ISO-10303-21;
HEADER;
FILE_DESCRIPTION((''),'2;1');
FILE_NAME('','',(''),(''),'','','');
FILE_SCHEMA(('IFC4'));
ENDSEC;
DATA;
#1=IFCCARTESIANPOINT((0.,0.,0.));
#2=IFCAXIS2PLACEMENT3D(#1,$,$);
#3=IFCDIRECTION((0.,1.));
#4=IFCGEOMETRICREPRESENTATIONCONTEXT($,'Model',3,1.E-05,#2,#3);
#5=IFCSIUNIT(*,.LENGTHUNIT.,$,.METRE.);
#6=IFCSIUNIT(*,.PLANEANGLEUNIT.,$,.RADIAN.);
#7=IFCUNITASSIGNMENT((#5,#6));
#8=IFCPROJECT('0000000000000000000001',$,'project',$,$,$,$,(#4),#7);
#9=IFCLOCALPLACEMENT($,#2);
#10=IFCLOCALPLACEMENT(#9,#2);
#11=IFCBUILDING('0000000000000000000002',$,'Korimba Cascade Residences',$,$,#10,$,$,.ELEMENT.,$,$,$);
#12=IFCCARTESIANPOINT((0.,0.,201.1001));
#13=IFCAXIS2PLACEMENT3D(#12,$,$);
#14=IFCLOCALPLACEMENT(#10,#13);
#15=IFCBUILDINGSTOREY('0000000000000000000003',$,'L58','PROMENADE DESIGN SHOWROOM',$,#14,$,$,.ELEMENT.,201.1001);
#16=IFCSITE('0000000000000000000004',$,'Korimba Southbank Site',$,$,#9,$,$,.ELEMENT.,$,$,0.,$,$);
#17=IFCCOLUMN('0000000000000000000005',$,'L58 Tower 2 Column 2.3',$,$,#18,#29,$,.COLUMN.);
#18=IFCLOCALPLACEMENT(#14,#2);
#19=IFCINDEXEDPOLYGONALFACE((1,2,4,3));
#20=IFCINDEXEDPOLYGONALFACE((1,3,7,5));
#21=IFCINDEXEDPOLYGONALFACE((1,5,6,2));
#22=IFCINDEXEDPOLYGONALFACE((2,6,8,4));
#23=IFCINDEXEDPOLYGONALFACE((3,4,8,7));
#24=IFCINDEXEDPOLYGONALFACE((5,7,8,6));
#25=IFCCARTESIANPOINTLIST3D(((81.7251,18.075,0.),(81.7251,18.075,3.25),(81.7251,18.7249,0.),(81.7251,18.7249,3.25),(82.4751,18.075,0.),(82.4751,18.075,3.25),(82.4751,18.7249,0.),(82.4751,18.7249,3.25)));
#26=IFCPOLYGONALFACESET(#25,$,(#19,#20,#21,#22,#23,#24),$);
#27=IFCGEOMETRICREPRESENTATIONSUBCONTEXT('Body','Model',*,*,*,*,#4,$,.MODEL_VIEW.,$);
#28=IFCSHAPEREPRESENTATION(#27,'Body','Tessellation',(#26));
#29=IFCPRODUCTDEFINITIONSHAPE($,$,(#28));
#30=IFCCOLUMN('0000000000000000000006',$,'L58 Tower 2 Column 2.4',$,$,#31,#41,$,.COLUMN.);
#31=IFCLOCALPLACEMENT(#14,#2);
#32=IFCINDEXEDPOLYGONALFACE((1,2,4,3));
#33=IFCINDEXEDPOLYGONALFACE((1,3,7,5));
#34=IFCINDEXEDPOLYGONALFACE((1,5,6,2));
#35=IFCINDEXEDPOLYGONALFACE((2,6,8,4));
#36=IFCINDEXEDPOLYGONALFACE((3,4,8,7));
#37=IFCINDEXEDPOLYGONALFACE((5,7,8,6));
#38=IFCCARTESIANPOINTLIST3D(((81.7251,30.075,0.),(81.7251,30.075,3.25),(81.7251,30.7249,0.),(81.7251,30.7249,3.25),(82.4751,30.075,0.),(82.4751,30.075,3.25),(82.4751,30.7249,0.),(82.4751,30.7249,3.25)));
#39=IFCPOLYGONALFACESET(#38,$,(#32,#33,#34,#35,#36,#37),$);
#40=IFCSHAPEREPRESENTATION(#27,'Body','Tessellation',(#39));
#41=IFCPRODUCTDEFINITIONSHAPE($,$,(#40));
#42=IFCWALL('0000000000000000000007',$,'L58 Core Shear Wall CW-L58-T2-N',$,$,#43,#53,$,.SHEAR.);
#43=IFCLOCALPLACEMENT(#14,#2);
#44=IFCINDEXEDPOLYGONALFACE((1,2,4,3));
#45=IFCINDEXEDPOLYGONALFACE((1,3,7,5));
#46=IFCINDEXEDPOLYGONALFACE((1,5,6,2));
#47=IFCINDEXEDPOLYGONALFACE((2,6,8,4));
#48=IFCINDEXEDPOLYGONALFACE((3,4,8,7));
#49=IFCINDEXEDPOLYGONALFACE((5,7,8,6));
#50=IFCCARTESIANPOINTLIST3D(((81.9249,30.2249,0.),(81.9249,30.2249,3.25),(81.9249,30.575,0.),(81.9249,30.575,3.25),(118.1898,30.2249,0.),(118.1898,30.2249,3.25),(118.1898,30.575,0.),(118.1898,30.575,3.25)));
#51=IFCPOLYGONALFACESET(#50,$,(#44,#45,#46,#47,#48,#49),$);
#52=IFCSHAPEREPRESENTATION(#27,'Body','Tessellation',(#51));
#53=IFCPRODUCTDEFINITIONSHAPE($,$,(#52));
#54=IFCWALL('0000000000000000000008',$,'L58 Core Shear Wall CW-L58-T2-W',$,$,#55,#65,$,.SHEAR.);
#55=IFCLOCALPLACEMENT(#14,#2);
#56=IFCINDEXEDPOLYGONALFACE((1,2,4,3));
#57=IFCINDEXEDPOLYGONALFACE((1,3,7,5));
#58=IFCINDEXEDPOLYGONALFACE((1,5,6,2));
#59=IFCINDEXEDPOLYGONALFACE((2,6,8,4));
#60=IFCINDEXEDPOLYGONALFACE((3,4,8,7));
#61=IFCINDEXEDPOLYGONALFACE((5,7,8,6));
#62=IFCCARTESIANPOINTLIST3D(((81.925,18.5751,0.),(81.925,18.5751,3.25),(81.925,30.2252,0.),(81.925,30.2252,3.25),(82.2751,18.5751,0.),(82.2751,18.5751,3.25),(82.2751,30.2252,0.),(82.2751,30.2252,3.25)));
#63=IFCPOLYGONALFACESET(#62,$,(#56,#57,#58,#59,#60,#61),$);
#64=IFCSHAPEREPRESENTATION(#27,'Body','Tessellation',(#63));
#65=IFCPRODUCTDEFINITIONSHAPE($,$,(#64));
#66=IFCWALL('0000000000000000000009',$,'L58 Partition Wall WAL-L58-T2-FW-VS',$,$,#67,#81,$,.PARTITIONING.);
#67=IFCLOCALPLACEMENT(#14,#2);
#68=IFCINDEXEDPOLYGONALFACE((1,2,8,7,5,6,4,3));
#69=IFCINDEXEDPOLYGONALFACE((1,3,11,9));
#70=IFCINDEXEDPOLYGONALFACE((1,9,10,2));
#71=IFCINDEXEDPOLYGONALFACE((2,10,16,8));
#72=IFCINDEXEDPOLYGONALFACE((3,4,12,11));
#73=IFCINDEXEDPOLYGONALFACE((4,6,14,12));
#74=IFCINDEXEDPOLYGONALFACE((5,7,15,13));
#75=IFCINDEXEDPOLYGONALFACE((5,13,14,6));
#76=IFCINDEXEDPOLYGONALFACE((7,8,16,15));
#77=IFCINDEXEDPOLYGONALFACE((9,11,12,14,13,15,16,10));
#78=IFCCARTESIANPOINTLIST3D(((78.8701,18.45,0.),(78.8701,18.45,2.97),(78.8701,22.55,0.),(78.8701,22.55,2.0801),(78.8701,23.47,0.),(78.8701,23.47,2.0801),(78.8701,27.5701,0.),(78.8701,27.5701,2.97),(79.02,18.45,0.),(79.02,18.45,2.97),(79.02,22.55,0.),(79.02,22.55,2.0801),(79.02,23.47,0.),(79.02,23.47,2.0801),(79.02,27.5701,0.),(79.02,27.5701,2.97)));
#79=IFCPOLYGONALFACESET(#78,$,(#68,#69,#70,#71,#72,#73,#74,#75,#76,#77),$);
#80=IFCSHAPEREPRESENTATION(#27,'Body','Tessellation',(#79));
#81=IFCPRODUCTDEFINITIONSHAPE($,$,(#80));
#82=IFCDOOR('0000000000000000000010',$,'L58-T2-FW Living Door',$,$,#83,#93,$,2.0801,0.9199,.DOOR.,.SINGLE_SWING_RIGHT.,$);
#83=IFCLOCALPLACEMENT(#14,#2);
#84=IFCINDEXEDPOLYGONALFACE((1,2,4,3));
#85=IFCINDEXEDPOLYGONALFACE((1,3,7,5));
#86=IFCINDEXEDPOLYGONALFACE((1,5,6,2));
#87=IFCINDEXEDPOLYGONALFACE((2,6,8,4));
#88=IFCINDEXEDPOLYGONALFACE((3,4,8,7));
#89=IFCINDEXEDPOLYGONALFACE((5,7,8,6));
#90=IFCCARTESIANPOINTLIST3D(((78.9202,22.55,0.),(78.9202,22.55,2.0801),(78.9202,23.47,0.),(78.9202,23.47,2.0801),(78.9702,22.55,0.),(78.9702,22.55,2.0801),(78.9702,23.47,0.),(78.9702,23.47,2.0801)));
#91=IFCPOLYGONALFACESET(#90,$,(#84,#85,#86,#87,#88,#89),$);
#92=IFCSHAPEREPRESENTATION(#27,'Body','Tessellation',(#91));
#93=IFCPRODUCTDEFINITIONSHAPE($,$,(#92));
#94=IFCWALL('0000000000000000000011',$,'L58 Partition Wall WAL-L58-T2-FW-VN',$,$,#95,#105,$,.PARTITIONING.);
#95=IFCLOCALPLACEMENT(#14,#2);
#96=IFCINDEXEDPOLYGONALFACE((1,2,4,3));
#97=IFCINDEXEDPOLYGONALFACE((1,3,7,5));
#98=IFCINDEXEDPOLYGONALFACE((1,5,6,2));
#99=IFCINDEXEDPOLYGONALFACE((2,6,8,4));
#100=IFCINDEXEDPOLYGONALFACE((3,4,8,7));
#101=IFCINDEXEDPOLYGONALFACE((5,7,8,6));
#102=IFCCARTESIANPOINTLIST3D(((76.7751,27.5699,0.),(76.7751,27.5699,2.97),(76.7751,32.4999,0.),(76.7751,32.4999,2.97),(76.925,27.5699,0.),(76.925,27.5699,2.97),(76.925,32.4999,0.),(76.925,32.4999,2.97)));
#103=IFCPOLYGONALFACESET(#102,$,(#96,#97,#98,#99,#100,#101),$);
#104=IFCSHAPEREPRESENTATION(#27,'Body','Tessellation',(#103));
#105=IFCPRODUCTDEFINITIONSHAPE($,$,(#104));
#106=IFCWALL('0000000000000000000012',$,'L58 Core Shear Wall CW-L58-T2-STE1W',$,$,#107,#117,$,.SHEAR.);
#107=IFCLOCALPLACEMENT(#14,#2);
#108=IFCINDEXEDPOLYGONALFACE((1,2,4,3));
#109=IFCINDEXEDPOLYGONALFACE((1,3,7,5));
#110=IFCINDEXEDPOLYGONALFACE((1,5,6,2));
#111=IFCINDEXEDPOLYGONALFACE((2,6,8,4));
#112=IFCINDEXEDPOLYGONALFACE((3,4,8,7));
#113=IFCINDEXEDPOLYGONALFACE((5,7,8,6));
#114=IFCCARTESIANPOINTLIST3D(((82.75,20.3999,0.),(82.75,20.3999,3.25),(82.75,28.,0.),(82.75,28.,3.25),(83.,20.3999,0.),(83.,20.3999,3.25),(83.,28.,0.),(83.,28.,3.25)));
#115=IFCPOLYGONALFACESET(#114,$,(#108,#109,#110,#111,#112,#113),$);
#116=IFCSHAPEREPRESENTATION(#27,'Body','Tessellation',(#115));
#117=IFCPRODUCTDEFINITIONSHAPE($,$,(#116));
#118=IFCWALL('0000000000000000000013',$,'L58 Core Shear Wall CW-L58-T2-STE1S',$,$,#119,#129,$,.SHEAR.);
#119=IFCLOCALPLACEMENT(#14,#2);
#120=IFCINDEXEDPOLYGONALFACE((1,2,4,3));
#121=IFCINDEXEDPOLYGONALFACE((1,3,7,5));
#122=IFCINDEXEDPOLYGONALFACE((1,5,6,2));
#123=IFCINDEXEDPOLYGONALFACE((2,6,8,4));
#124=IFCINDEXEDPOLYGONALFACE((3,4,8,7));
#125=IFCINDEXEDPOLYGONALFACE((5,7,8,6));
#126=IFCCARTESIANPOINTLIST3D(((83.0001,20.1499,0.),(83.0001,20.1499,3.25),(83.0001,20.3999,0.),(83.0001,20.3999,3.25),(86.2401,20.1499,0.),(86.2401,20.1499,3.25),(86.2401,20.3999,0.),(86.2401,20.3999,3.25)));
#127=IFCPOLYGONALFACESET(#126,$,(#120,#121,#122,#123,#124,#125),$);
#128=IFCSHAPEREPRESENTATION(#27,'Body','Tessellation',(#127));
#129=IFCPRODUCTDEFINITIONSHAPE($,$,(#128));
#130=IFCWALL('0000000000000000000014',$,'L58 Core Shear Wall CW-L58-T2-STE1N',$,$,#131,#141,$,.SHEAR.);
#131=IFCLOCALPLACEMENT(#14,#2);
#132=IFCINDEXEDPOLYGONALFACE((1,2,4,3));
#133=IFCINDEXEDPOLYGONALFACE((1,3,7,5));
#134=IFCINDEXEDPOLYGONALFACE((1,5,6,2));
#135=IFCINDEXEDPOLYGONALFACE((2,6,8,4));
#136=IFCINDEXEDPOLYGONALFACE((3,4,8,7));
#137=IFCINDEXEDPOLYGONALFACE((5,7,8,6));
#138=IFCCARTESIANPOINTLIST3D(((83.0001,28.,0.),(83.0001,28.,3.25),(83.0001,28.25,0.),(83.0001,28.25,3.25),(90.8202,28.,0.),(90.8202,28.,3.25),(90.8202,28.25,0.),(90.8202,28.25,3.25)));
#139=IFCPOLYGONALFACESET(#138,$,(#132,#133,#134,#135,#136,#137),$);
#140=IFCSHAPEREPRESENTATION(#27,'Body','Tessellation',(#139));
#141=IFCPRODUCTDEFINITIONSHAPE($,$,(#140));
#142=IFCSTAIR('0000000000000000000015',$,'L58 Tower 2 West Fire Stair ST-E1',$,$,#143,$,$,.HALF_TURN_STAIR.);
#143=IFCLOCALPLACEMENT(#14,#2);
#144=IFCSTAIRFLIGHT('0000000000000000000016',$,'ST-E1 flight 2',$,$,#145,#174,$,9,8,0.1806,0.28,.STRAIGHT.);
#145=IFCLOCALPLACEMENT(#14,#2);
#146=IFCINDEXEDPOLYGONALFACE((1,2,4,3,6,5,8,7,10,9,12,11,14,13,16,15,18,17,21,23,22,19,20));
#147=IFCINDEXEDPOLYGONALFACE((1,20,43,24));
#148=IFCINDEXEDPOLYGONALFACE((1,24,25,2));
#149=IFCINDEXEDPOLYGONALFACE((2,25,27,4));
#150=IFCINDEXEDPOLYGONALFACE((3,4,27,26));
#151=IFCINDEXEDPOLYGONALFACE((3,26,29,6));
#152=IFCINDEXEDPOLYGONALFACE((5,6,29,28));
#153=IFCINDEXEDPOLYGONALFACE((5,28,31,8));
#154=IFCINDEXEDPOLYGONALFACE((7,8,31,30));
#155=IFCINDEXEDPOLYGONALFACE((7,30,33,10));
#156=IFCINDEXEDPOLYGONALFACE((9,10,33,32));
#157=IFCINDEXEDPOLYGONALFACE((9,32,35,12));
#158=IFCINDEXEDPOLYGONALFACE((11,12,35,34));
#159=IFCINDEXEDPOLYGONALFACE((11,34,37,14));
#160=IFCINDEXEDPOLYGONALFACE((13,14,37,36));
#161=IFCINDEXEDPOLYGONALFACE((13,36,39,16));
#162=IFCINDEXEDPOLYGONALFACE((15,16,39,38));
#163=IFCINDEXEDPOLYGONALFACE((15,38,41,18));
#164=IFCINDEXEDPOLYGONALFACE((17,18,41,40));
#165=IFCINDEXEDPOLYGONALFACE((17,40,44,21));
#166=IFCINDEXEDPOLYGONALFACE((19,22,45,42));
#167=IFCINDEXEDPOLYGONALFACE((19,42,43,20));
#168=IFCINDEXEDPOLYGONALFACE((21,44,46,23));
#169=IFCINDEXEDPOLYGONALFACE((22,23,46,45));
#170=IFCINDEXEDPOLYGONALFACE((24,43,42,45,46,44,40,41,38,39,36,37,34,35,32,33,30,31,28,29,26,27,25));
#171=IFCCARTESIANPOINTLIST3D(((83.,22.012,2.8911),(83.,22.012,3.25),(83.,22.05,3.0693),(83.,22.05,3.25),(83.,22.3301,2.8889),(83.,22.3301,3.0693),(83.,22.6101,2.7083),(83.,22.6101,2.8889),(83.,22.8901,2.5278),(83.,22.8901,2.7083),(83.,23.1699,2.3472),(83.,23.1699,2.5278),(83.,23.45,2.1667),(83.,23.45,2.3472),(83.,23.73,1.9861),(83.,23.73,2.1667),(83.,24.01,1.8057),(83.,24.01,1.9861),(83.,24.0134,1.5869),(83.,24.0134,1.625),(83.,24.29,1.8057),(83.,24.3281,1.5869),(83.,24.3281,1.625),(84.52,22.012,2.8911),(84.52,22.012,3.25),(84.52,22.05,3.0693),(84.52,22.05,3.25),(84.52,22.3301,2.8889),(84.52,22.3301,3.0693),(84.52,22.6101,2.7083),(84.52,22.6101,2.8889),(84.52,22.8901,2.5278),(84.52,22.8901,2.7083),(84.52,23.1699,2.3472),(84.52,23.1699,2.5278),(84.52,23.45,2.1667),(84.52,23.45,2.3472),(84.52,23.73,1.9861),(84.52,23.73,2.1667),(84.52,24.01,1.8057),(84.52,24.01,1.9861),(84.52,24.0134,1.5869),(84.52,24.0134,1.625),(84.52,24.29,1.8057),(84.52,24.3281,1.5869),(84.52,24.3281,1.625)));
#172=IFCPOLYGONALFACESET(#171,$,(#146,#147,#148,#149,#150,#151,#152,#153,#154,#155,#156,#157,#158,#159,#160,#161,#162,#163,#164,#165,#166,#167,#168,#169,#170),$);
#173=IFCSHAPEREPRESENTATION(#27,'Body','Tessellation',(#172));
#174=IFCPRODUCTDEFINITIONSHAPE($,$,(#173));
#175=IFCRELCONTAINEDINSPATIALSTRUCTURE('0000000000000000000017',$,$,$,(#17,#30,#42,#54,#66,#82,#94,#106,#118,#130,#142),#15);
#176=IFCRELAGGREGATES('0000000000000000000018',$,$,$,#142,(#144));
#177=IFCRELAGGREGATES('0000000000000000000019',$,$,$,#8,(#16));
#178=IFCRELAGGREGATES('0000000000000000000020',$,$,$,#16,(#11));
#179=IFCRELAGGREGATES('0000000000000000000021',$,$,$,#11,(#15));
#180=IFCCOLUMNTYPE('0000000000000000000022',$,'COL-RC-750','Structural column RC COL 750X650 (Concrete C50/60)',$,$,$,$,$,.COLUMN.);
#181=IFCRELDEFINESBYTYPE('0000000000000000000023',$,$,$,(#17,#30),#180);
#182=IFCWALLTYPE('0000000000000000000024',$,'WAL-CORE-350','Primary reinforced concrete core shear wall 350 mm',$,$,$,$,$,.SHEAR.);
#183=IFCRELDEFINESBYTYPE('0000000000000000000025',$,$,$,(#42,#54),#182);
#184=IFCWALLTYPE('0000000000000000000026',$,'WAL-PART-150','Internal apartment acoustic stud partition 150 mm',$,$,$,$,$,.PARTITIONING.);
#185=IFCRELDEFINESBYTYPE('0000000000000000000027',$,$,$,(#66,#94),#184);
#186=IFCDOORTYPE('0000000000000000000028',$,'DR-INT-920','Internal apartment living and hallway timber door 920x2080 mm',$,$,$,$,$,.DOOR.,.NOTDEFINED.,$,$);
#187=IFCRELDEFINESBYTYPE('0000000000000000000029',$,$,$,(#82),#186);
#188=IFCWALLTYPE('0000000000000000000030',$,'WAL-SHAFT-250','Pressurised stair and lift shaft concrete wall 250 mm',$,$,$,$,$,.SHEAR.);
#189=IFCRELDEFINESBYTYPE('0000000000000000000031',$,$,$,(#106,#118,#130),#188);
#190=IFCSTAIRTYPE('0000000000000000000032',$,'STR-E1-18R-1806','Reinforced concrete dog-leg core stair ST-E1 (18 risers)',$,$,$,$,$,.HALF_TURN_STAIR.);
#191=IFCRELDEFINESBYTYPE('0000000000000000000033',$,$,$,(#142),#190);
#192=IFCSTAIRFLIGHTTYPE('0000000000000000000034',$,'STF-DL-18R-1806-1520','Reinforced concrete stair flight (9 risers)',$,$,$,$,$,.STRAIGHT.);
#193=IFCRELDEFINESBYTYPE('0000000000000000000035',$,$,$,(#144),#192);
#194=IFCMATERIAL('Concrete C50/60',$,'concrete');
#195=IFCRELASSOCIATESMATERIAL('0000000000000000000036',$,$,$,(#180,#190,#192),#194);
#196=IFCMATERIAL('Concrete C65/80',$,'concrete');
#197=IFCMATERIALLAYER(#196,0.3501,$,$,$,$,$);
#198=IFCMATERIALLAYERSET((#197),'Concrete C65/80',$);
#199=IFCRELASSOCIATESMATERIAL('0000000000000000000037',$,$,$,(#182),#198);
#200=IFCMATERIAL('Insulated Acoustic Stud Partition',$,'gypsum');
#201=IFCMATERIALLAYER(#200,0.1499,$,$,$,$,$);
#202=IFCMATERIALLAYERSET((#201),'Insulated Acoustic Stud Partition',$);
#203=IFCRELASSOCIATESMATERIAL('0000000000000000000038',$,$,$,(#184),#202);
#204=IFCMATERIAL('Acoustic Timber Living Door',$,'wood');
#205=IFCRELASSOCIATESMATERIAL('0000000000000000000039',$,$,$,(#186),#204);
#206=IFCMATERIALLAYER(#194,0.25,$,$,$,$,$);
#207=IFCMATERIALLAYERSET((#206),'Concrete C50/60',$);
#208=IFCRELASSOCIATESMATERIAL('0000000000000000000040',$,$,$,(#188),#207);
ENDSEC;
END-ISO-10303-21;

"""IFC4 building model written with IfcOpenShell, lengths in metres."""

from ifc_helpers import new_model, si_unit, direction, frame, frame_2d, origin, origin_2d, place, context, subcontext, project, spatial, polyline, rectangle, outline, extrude, material, layer, layer_set, material_profile, profile_set, type_object, element, fill, aggregate, save


model = new_model("IFC4")

# Units and contexts
model_context = context("Model", 3, precision=1e-05, world=origin(), true_north=direction((0.0, 1.0)))
body_context = subcontext(model_context, "Body", "Model", "MODEL_VIEW")
ifc_project = project(units=[si_unit("LENGTHUNIT", "METRE"), si_unit("PLANEANGLEUNIT", "RADIAN")], contexts=[model_context])

# Site, building, storey
site_placement = place(None, origin())
site = spatial("IfcSite", under=ifc_project, at=site_placement, Name="Korimba Southbank Site", CompositionType="ELEMENT", RefElevation=0.0)
building_placement = place(site_placement, origin())
building = spatial("IfcBuilding", under=site, at=building_placement, Name="Korimba Cascade Residences", CompositionType="ELEMENT")
storey_placement = place(building_placement, frame((0.0, 0.0, 201.1001)))
storey = spatial("IfcBuildingStorey", under=building, at=storey_placement, Name="L58", Description="PROMENADE DESIGN SHOWROOM", CompositionType="ELEMENT", Elevation=201.1001)

# Columns
ifc_material_1 = material(Name="Concrete C50/60", Category="concrete")
ifc_material_profile = material_profile(ifc_material_1, rectangle(XDim=0.75, YDim=0.6499, at=origin_2d()), Name="Concrete C50/60")
ifc_profile_set = profile_set([ifc_material_profile], Name="Concrete C50/60")
column_type = type_object("IfcColumnType", Name="COL-RC-750", Description="Structural column RC COL 750X650 (Concrete C50/60)", PredefinedType="COLUMN", material=ifc_profile_set)
for number, where, z_axis, x_axis, name in (
    (1, (82.1001, 18.3999, 0.0), (0.0, 0.0, 1.0), (1.0, 0.0, 0.0), "L58 Tower 2 Column 2.3"),
    (2, (82.1001, 30.3999, 0.0), (0.0, 0.0, 1.0), (1.0, 0.0, 0.0), "L58 Tower 2 Column 2.4"),
):
    element("IfcColumn", number, at=place(storey_placement, frame(where, z_axis=z_axis, x_axis=x_axis)), inside=storey, type_object=column_type, Name=name, PredefinedType="COLUMN", context=body_context, shape_type="SweptSolid", body=[
        extrude(rectangle(XDim=0.75, YDim=0.6499, at=origin_2d()), origin(), (0.0, 0.0, 1.0), 3.25),
    ])

# Walls
ifc_material_2 = material(Name="Concrete C65/80", Category="concrete")
ifc_layer_1 = layer(ifc_material_2, 0.3501)
ifc_layer_set_1 = layer_set([ifc_layer_1], Name="Concrete C65/80")
wall_type_1 = type_object("IfcWallType", Name="WAL-CORE-350", Description="Primary reinforced concrete core shear wall 350 mm", PredefinedType="SHEAR", material=ifc_layer_set_1)
wall_1_placement = place(storey_placement, frame((81.925, 30.3999, 0.0), z_axis=(0.0, 0.0, 1.0), x_axis=(1.0, 0.0, 0.0)))
element("IfcWall", 3, at=wall_1_placement, inside=storey, type_object=wall_type_1, Name="L58 Core Shear Wall CW-L58-T2-N", PredefinedType="SHEAR", context=body_context, shape_type="SweptSolid", body=[
    extrude(rectangle(XDim=36.2649, YDim=0.3501, at=frame_2d((18.1323, 0.0))), origin(), (0.0, 0.0, 1.0), 3.25),
])
wall_2_placement = place(storey_placement, frame((82.1001, 18.575, 0.0), z_axis=(0.0, 0.0, 1.0), x_axis=(0.0, 1.0, 0.0)))
element("IfcWall", 4, at=wall_2_placement, inside=storey, type_object=wall_type_1, Name="L58 Core Shear Wall CW-L58-T2-W", PredefinedType="SHEAR", context=body_context, shape_type="SweptSolid", body=[
    extrude(rectangle(XDim=11.6501, YDim=0.3501, at=frame_2d((5.8252, 0.0))), origin(), (0.0, 0.0, 1.0), 3.25),
])

# Wall, opening, door
ifc_material_3 = material(Name="Insulated Acoustic Stud Partition", Category="gypsum")
ifc_layer_2 = layer(ifc_material_3, 0.1499)
ifc_layer_set_2 = layer_set([ifc_layer_2], Name="Insulated Acoustic Stud Partition")
wall_type_2 = type_object("IfcWallType", Name="WAL-PART-150", Description="Internal apartment acoustic stud partition 150 mm", PredefinedType="PARTITIONING", material=ifc_layer_set_2)
wall_3_placement = place(storey_placement, frame((78.9451, 18.45, 0.0), z_axis=(0.0, 0.0, 1.0), x_axis=(0.0, 1.0, 0.0)))
wall_3 = element("IfcWall", 5, at=wall_3_placement, inside=storey, type_object=wall_type_2, Name="L58 Partition Wall WAL-L58-T2-FW-VS", PredefinedType="PARTITIONING", context=body_context, shape_type="SweptSolid", body=[
    extrude(rectangle(XDim=9.1201, YDim=0.1499, at=frame_2d((4.5601, 0.0))), origin(), (0.0, 0.0, 1.0), 2.97),
])
opening_placement = place(wall_3_placement, frame((4.1001, 0.0, 0.0)))
opening = element("IfcOpeningElement", 6, at=opening_placement, cuts=wall_3, PredefinedType="OPENING", context=body_context, shape_type="SweptSolid", body=[
    extrude(rectangle(XDim=0.9199, YDim=2.0801, at=frame_2d((0.46, 1.04))), frame((0.0, 0.085, 0.0), z_axis=(0.0, -1.0, 0.0), x_axis=(1.0, 0.0, 0.0)), (0.0, 0.0, 1.0), 0.1699),
])
ifc_material_4 = material(Name="Acoustic Timber Living Door", Category="wood")
door_type = type_object("IfcDoorType", Name="DR-INT-920", Description="Internal apartment living and hallway timber door 920x2080 mm", OperationType="NOTDEFINED", PredefinedType="DOOR", material=ifc_material_4)
door_placement = place(opening_placement, origin())
door = element("IfcDoor", 7, at=door_placement, inside=storey, type_object=door_type, Name="L58-T2-FW Living Door", OperationType="SINGLE_SWING_RIGHT", OverallHeight=2.0801, OverallWidth=0.9199, PredefinedType="DOOR", context=body_context, shape_type="SweptSolid", body=[
    extrude(rectangle(XDim=0.9199, YDim=2.0801, at=frame_2d((0.46, 1.04))), frame((0.0, 0.0249, 0.0), z_axis=(0.0, -1.0, 0.0), x_axis=(1.0, 0.0, 0.0)), (0.0, 0.0, 1.0), 0.05),
])
fill(opening, door)

# Walls
wall_4_placement = place(storey_placement, frame((76.8501, 27.5701, 0.0), z_axis=(0.0, 0.0, 1.0), x_axis=(0.0, 1.0, 0.0)))
element("IfcWall", 8, at=wall_4_placement, inside=storey, type_object=wall_type_2, Name="L58 Partition Wall WAL-L58-T2-FW-VN", PredefinedType="PARTITIONING", context=body_context, shape_type="SweptSolid", body=[
    extrude(rectangle(XDim=4.9299, YDim=0.1499, at=frame_2d((2.4648, 0.0))), origin(), (0.0, 0.0, 1.0), 2.97),
])
ifc_layer_3 = layer(ifc_material_1, 0.25)
ifc_layer_set_3 = layer_set([ifc_layer_3], Name="Concrete C50/60")
wall_type_3 = type_object("IfcWallType", Name="WAL-SHAFT-250", Description="Pressurised stair and lift shaft concrete wall 250 mm", PredefinedType="SHEAR", material=ifc_layer_set_3)
wall_5_placement = place(storey_placement, frame((82.875, 20.3999, 0.0), z_axis=(0.0, 0.0, 1.0), x_axis=(0.0, 1.0, 0.0)))
element("IfcWall", 9, at=wall_5_placement, inside=storey, type_object=wall_type_3, Name="L58 Core Shear Wall CW-L58-T2-STE1W", PredefinedType="SHEAR", context=body_context, shape_type="SweptSolid", body=[
    extrude(rectangle(XDim=7.6001, YDim=0.25, at=frame_2d((3.8, 0.0))), origin(), (0.0, 0.0, 1.0), 3.25),
])
wall_6_placement = place(storey_placement, frame((83.0, 20.2749, 0.0), z_axis=(0.0, 0.0, 1.0), x_axis=(1.0, 0.0, 0.0)))
element("IfcWall", 10, at=wall_6_placement, inside=storey, type_object=wall_type_3, Name="L58 Core Shear Wall CW-L58-T2-STE1S", PredefinedType="SHEAR", context=body_context, shape_type="SweptSolid", body=[
    extrude(rectangle(XDim=3.24, YDim=0.25, at=frame_2d((1.6201, 0.0))), origin(), (0.0, 0.0, 1.0), 3.25),
])
wall_7_placement = place(storey_placement, frame((83.0, 28.125, 0.0), z_axis=(0.0, 0.0, 1.0), x_axis=(1.0, 0.0, 0.0)))
element("IfcWall", 11, at=wall_7_placement, inside=storey, type_object=wall_type_3, Name="L58 Core Shear Wall CW-L58-T2-STE1N", PredefinedType="SHEAR", context=body_context, shape_type="SweptSolid", body=[
    extrude(rectangle(XDim=7.8201, YDim=0.25, at=frame_2d((3.9102, 0.0))), origin(), (0.0, 0.0, 1.0), 3.25),
])

# Stair, stair flight
stair_type = type_object("IfcStairType", Name="STR-E1-18R-1806", Description="Reinforced concrete dog-leg core stair ST-E1 (18 risers)", PredefinedType="HALF_TURN_STAIR", material=ifc_material_1)
stair_placement = place(storey_placement, origin())
stair = element("IfcStair", 12, at=stair_placement, inside=storey, type_object=stair_type, Name="L58 Tower 2 West Fire Stair ST-E1", PredefinedType="HALF_TURN_STAIR")
stair_flight_type = type_object("IfcStairFlightType", Name="STF-DL-18R-1806-1520", Description="Reinforced concrete stair flight (9 risers)", PredefinedType="STRAIGHT", material=ifc_material_1)
stair_flight_placement = place(storey_placement, frame((83.76, 24.29, 1.625), z_axis=(0.0, 0.0, 1.0), x_axis=(0.0, -1.0, 0.0)))
stair_flight = element("IfcStairFlight", 13, at=stair_flight_placement, type_object=stair_flight_type, Name="ST-E1 flight 2", NumberOfRisers=9, NumberOfTreads=8, PredefinedType="STRAIGHT", RiserHeight=0.1806, TreadLength=0.28, context=body_context, shape_type="SweptSolid", body=[
    extrude(outline(polyline([(-0.0381, 0.0), (0.0, 0.1807), (0.28, 0.1807), (0.28, 0.3611), (0.5601, 0.3611), (0.5601, 0.5417), (0.8401, 0.5417), (0.8401, 0.7222), (1.1201, 0.7222), (1.1201, 0.9028), (1.3999, 0.9028), (1.3999, 1.0833), (1.6799, 1.0833), (1.6799, 1.2639), (1.96, 1.2639), (1.96, 1.4443), (2.24, 1.4443), (2.24, 1.625), (2.2781, 1.625), (2.2781, 1.2661), (0.2766, 0.0), (0.2766, -0.0381), (-0.0381, -0.0381), (-0.0381, 0.0)])), frame((0.0, 0.76, 0.0), z_axis=(0.0, -1.0, 0.0), x_axis=(1.0, 0.0, 0.0)), (0.0, 0.0, 1.0), 1.52),
])
aggregate(stair, [stair_flight])

save(model, "model.ifc")
